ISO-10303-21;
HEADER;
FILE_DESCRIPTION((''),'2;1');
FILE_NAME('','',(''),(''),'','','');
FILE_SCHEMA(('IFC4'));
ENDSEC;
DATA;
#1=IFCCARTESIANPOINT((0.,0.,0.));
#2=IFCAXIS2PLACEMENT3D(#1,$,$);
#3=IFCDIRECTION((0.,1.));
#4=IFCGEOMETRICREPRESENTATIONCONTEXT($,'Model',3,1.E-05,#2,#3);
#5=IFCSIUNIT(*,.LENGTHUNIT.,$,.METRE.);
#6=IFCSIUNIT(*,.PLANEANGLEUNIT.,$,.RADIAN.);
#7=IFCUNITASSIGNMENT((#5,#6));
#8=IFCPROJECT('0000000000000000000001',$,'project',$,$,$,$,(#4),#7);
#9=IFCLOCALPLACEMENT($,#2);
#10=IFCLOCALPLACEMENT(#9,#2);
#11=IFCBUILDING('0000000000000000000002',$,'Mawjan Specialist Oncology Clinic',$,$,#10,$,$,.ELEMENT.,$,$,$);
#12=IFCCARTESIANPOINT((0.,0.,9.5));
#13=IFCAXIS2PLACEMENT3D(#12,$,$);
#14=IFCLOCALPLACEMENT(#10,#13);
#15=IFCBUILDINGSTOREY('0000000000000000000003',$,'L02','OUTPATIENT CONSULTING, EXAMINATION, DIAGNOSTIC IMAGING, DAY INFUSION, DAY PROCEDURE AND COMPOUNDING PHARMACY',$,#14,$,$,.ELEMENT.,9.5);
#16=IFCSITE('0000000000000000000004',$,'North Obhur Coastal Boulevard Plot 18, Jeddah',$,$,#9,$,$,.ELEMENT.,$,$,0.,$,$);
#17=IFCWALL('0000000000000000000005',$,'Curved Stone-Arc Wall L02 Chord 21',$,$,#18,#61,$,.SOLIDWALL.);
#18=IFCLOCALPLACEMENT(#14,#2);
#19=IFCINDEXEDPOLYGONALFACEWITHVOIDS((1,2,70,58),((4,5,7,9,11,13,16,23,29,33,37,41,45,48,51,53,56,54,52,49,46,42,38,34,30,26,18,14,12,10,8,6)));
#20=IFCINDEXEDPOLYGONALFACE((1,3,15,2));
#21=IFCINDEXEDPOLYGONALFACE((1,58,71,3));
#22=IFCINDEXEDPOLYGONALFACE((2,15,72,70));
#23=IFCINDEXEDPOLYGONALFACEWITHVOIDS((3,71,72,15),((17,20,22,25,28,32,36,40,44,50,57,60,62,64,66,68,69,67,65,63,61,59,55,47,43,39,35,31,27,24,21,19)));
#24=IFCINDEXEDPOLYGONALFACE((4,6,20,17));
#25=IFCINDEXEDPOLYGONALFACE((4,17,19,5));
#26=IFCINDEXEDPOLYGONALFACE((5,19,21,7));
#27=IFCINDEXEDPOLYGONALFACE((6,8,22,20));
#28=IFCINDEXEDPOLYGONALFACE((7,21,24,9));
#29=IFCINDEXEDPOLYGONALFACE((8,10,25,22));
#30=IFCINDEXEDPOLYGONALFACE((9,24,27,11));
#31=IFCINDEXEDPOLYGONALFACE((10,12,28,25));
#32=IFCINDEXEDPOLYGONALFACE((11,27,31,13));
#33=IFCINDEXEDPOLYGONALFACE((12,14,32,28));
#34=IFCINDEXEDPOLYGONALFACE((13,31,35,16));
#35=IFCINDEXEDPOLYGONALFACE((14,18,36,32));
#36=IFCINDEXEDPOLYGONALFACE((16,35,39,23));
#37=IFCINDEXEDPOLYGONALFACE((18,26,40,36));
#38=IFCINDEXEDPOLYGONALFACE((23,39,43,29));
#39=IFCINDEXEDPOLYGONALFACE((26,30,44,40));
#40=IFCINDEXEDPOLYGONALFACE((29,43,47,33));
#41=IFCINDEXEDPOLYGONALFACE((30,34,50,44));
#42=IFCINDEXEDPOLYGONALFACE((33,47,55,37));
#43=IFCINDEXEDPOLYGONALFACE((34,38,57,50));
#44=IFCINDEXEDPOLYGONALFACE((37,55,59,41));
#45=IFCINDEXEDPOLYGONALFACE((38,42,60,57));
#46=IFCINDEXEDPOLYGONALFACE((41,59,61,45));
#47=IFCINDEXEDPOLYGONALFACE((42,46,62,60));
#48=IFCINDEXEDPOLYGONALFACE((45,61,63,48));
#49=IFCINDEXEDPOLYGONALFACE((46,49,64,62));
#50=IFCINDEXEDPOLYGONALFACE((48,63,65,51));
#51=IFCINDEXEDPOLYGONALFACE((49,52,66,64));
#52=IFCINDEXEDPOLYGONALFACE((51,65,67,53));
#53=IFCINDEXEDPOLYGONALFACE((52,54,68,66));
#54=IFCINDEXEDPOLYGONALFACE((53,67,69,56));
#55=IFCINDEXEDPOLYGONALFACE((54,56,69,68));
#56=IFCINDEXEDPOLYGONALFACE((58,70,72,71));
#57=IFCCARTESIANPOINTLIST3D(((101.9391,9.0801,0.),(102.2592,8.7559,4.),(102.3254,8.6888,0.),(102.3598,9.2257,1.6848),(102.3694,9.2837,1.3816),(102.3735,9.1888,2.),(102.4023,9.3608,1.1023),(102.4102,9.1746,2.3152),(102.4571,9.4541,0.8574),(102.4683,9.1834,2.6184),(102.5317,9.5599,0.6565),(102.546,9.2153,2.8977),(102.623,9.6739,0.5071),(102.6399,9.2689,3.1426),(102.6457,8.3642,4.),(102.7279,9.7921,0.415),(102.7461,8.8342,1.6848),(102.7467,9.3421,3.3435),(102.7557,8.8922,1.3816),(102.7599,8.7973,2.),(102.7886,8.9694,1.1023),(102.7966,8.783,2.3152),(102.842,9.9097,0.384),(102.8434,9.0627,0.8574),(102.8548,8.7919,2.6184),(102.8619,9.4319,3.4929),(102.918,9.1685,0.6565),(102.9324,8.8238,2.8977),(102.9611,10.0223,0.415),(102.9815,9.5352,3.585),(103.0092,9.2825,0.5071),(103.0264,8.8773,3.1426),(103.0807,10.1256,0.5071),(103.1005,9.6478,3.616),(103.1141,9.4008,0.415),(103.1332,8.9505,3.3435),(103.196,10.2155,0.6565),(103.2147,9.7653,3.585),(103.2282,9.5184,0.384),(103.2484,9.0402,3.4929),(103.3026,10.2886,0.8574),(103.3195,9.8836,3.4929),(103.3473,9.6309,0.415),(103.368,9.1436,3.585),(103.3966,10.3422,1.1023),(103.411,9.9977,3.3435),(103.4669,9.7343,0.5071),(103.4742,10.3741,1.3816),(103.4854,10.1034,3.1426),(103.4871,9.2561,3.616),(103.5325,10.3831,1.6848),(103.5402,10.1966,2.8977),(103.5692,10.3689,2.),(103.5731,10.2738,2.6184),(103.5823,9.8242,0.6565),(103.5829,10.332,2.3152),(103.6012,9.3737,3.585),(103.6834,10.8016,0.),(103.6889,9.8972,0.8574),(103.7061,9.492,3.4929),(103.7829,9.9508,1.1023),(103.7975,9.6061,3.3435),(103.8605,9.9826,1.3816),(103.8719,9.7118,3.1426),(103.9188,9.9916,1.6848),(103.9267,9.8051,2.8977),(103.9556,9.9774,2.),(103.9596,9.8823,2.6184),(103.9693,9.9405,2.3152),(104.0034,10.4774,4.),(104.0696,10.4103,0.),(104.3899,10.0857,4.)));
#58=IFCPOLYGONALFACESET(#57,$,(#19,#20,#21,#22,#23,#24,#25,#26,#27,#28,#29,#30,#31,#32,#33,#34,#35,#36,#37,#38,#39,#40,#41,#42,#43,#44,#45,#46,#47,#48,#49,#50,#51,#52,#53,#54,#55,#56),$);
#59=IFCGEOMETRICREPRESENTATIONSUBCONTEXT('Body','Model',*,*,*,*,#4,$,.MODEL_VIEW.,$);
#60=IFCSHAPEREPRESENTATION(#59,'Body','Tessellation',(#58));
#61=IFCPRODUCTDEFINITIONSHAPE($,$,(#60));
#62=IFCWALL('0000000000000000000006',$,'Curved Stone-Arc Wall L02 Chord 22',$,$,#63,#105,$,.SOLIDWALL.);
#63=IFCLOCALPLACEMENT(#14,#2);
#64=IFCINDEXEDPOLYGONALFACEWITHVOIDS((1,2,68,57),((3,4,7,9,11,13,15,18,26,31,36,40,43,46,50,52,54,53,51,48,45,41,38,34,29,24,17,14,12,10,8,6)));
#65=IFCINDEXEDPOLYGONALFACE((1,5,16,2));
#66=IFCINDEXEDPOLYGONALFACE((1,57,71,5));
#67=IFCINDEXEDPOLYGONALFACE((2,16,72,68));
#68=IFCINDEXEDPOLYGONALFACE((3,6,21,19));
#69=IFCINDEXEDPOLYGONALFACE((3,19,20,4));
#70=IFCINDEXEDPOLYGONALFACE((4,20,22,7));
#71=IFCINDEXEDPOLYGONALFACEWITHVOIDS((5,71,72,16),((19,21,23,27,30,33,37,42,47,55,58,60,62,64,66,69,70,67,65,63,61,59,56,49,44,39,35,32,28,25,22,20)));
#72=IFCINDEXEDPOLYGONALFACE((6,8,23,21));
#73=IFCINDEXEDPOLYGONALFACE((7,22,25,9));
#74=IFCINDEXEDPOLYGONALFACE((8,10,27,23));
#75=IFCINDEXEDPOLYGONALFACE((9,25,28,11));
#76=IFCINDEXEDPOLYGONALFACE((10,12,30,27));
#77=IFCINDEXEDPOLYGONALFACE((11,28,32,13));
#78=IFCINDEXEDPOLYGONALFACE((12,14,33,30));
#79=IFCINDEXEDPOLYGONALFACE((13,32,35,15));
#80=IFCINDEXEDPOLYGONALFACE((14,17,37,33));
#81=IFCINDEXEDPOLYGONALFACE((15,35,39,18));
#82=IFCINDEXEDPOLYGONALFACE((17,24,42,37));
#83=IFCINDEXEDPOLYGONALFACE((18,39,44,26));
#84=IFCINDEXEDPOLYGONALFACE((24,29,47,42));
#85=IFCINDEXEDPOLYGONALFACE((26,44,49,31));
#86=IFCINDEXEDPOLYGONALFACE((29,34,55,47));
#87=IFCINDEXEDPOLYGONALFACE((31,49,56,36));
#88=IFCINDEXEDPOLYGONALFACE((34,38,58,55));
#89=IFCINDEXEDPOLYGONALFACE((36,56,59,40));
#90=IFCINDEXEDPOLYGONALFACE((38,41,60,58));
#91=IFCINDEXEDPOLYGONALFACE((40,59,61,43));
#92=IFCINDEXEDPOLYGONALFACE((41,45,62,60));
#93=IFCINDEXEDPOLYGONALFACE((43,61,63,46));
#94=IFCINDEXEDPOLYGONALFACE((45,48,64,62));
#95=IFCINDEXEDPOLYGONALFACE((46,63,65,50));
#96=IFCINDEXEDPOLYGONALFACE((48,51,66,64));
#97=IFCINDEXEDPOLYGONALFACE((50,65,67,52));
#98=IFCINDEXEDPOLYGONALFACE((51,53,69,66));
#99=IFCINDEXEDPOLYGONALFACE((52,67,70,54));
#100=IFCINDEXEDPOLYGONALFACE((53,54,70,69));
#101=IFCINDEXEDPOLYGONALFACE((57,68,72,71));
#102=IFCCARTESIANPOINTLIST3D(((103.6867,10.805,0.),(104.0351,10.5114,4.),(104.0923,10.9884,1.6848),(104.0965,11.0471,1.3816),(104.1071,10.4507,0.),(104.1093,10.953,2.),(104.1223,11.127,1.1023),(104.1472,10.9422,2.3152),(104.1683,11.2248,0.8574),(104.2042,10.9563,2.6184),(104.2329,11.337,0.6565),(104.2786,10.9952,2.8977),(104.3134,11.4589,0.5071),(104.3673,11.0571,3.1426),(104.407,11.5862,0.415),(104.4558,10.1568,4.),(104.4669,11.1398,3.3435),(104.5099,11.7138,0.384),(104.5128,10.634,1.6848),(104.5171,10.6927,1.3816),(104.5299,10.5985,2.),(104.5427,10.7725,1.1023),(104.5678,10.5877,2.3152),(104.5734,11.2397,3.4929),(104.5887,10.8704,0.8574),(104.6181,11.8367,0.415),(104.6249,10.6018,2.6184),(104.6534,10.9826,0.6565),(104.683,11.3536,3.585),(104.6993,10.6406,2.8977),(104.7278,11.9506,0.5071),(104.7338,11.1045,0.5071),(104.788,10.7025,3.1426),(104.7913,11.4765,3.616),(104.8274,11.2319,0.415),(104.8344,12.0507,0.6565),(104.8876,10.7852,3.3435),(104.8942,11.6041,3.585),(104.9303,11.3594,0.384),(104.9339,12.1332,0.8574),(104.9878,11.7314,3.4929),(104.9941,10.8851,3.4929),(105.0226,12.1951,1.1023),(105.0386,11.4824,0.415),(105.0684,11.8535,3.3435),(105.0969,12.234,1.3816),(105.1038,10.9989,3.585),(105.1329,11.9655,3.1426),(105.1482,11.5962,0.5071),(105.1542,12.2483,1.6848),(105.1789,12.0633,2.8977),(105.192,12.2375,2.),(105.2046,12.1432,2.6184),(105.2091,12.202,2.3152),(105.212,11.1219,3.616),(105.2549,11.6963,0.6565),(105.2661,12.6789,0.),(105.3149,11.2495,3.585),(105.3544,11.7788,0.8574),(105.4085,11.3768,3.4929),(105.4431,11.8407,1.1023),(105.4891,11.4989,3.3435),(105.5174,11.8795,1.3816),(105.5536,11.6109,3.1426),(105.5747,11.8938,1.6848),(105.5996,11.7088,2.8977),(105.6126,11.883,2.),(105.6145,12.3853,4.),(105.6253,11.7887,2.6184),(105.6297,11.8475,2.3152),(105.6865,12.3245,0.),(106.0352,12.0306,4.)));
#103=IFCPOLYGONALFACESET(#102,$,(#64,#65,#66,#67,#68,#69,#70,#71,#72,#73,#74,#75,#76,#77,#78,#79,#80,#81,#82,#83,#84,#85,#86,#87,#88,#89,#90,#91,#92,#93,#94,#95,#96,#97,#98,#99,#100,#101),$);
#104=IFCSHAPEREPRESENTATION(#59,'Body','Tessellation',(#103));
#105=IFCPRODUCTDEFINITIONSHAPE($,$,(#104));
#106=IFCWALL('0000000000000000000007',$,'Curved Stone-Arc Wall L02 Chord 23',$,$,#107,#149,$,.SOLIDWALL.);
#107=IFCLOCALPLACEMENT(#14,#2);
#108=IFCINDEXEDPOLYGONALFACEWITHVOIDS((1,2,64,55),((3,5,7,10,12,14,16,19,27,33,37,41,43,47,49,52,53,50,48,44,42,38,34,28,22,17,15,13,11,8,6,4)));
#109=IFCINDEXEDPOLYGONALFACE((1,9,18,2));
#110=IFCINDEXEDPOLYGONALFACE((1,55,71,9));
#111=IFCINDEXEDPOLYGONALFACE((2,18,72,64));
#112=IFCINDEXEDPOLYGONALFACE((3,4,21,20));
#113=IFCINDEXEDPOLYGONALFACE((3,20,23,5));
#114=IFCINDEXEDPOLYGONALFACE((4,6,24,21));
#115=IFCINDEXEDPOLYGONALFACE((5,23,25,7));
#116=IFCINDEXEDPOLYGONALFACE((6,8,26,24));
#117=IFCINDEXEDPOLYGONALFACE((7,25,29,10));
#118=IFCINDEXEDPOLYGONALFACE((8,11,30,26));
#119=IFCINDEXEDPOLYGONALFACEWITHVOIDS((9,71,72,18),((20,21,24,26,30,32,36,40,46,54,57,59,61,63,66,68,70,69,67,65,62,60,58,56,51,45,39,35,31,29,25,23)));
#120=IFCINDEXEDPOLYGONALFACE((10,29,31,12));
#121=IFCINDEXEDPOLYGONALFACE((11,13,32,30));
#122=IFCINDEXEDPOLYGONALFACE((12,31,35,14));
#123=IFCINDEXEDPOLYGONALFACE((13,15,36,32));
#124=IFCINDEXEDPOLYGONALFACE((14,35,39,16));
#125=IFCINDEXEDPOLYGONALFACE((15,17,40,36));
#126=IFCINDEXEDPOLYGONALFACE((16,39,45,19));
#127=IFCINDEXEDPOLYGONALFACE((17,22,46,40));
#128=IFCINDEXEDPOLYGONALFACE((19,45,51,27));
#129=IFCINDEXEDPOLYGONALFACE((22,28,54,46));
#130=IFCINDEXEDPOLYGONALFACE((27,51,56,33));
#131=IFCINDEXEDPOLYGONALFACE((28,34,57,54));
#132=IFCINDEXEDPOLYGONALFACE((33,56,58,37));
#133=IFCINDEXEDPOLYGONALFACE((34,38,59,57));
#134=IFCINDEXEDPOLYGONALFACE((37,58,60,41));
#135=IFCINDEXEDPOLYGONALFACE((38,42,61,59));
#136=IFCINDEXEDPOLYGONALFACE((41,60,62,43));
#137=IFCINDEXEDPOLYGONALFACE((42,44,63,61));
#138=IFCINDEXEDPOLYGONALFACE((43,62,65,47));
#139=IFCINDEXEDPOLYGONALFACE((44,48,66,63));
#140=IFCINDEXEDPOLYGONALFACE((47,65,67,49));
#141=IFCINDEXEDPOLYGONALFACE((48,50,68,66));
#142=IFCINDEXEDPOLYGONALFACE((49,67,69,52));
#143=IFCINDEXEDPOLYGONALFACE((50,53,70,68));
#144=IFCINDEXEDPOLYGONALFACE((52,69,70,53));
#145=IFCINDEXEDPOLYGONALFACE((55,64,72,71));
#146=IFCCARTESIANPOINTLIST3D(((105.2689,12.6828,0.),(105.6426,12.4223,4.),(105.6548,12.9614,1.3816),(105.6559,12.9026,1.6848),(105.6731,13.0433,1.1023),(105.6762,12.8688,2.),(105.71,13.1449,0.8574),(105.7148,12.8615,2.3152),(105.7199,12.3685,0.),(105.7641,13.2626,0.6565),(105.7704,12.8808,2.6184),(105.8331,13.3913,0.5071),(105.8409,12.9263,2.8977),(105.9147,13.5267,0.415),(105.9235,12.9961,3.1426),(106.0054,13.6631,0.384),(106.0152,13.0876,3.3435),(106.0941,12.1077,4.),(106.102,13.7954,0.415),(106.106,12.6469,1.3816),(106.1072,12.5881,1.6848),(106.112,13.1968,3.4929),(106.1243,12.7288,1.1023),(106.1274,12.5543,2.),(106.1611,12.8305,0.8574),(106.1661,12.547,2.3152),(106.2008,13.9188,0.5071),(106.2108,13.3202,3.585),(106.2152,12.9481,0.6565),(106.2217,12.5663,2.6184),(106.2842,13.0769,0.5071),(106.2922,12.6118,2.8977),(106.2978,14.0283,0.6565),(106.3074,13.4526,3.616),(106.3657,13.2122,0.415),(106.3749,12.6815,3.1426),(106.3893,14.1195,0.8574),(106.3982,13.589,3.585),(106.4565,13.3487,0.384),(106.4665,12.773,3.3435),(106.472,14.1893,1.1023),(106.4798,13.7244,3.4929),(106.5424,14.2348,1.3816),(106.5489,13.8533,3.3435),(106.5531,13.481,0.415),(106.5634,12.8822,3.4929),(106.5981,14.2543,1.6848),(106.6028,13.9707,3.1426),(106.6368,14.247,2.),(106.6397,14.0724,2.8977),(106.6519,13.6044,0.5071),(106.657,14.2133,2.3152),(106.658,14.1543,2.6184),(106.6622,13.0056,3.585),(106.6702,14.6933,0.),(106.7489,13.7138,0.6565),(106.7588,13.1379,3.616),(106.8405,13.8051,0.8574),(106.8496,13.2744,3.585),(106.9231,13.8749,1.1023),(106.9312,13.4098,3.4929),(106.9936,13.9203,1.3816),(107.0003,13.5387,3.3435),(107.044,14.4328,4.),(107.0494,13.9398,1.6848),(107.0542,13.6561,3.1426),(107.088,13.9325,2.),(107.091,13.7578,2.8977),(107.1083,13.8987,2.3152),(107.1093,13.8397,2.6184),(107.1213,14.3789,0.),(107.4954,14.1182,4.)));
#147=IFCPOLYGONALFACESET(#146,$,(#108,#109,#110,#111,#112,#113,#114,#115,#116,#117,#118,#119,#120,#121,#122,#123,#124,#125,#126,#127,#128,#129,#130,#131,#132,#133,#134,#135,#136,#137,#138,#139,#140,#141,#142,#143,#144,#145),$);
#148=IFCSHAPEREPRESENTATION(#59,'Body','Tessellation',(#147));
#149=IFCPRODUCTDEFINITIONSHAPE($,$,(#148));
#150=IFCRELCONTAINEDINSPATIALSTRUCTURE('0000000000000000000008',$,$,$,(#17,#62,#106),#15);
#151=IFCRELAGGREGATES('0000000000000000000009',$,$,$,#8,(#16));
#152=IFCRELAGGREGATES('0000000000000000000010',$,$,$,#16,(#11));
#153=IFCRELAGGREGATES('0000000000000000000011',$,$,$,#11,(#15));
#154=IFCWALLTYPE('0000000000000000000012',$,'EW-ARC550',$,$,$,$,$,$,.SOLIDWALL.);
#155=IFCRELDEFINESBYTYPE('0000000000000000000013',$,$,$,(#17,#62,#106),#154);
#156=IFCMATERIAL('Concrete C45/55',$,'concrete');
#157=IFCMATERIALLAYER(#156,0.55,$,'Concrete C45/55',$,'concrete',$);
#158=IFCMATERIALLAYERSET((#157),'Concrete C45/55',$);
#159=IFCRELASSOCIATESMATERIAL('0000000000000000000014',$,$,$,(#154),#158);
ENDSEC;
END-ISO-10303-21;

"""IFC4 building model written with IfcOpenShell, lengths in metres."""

from ifc_helpers import new_model, si_unit, direction, frame, origin, place, context, subcontext, project, spatial, polyline, outline, extrude, material, layer, layer_set, type_object, element, save


model = new_model("IFC4")

# Units and contexts
model_context = context("Model", 3, precision=1e-05, world=origin(), true_north=direction((0.0, 1.0)))
body_context = subcontext(model_context, "Body", "Model", "MODEL_VIEW")
ifc_project = project(units=[si_unit("LENGTHUNIT", "METRE"), si_unit("PLANEANGLEUNIT", "RADIAN")], contexts=[model_context])

# Site, building, storey
site_placement = place(None, origin())
site = spatial("IfcSite", under=ifc_project, at=site_placement, Name="North Obhur Coastal Boulevard Plot 18, Jeddah", CompositionType="ELEMENT", RefElevation=0.0)
building_placement = place(site_placement, origin())
building = spatial("IfcBuilding", under=site, at=building_placement, Name="Mawjan Specialist Oncology Clinic", CompositionType="ELEMENT")
storey_placement = place(building_placement, frame((0.0, 0.0, 9.5)))
storey = spatial("IfcBuildingStorey", under=building, at=storey_placement, Name="L02", Description="OUTPATIENT CONSULTING, EXAMINATION, DIAGNOSTIC IMAGING, DAY INFUSION, DAY PROCEDURE AND COMPOUNDING PHARMACY", CompositionType="ELEMENT", Elevation=9.5)

# Walls, openings
ifc_material_1 = material(Name="Concrete C45/55", Category="concrete")
ifc_layer_1 = layer(ifc_material_1, 0.55, Name="Concrete C45/55", Category="concrete")
ifc_layer_set_1 = layer_set([ifc_layer_1], Name="Concrete C45/55")
wall_type_1 = type_object("IfcWallType", Name="EW-ARC550", PredefinedType="SOLIDWALL", material=ifc_layer_set_1)
wall_1_placement = place(storey_placement, frame((103.8765, 10.606, 0.0), z_axis=(0.0, 0.0, 1.0), x_axis=(-0.711724, -0.702459, 0.0)))
wall_1 = element("IfcWall", 1, at=wall_1_placement, inside=storey, type_object=wall_type_1, Name="Curved Stone-Arc Wall L02 Chord 21", PredefinedType="SOLIDWALL", context=body_context, shape_type="SweptSolid", body=[
    extrude(outline(polyline([(-0.2749, 0.0), (0.2749, 0.0), (0.731, 4.0), (0.1807, 4.0), (-0.2749, 0.0)])), frame((0.0, 0.0, 0.0), z_axis=(1.0, 0.0, 0.0), x_axis=(0.0, 1.0, 0.0)), (0.0, 0.0, 1.0), 2.4507),
])
opening_1_placement = place(wall_1_placement, origin())
element("IfcOpeningElement", 2, at=opening_1_placement, cuts=wall_1, PredefinedType="OPENING", context=body_context, shape_type="SweptSolid", body=[
    extrude(outline(polyline([(2.0652, 2.0), (2.0491, 2.3152), (2.0015, 2.6184), (1.9238, 2.8977), (1.8193, 3.1426), (1.6919, 3.3435), (1.5469, 3.4929), (1.3892, 3.585), (1.2253, 3.616), (1.0615, 3.585), (0.9038, 3.4929), (0.7585, 3.3435), (0.6313, 3.1426), (0.5269, 2.8977), (0.4492, 2.6184), (0.4014, 2.3152), (0.3853, 2.0), (0.4014, 1.6848), (0.4492, 1.3816), (0.5269, 1.1023), (0.6313, 0.8574), (0.7585, 0.6565), (0.9038, 0.5071), (1.0615, 0.415), (1.2253, 0.384), (1.3892, 0.415), (1.5469, 0.5071), (1.6919, 0.6565), (1.8193, 0.8574), (1.9238, 1.1023), (2.0015, 1.3816), (2.0491, 1.6848), (2.0652, 2.0)])), frame((0.0, 0.7507, 0.0), z_axis=(0.0, -1.0, 0.0), x_axis=(1.0, 0.0, 0.0)), (0.0, 0.0, 1.0), 1.0459),
])
wall_2_placement = place(storey_placement, frame((105.4763, 12.5017, 0.0), z_axis=(0.0, 0.0, 1.0), x_axis=(-0.644476, -0.764624, 0.0)))
wall_2 = element("IfcWall", 3, at=wall_2_placement, inside=storey, type_object=wall_type_1, Name="Curved Stone-Arc Wall L02 Chord 22", PredefinedType="SOLIDWALL", context=body_context, shape_type="SweptSolid", body=[
    extrude(outline(polyline([(-0.2749, 0.0), (0.2749, 0.0), (0.731, 4.0), (0.1807, 4.0), (-0.2749, 0.0)])), frame((0.0, 0.0, 0.0), z_axis=(1.0, 0.0, 0.0), x_axis=(0.0, 1.0, 0.0)), (0.0, 0.0, 1.0), 2.4507),
])
opening_2_placement = place(wall_2_placement, origin())
element("IfcOpeningElement", 4, at=opening_2_placement, cuts=wall_2, PredefinedType="OPENING", context=body_context, shape_type="SweptSolid", body=[
    extrude(outline(polyline([(2.0652, 2.0), (2.0491, 2.3152), (2.0015, 2.6184), (1.9238, 2.8977), (1.8193, 3.1426), (1.6919, 3.3435), (1.5469, 3.4929), (1.3892, 3.585), (1.2253, 3.616), (1.0615, 3.585), (0.9038, 3.4929), (0.7585, 3.3435), (0.6313, 3.1426), (0.5269, 2.8977), (0.4492, 2.6184), (0.4014, 2.3152), (0.3853, 2.0), (0.4014, 1.6848), (0.4492, 1.3816), (0.5269, 1.1023), (0.6313, 0.8574), (0.7585, 0.6565), (0.9038, 0.5071), (1.0615, 0.415), (1.2253, 0.384), (1.3892, 0.415), (1.5469, 0.5071), (1.6919, 0.6565), (1.8193, 0.8574), (1.9238, 1.1023), (2.0015, 1.3816), (2.0491, 1.6848), (2.0652, 2.0)])), frame((0.0, 0.7507, 0.0), z_axis=(0.0, -1.0, 0.0), x_axis=(1.0, 0.0, 0.0)), (0.0, 0.0, 1.0), 1.0459),
])
wall_3_placement = place(storey_placement, frame((106.8958, 14.5361, 0.0), z_axis=(0.0, 0.0, 1.0), x_axis=(-0.571823, -0.820377, 0.0)))
wall_3 = element("IfcWall", 5, at=wall_3_placement, inside=storey, type_object=wall_type_1, Name="Curved Stone-Arc Wall L02 Chord 23", PredefinedType="SOLIDWALL", context=body_context, shape_type="SweptSolid", body=[
    extrude(outline(polyline([(-0.2749, 0.0), (0.2749, 0.0), (0.731, 4.0), (0.1807, 4.0), (-0.2749, 0.0)])), frame((0.0, 0.0, 0.0), z_axis=(1.0, 0.0, 0.0), x_axis=(0.0, 1.0, 0.0)), (0.0, 0.0, 1.0), 2.4507),
])
opening_3_placement = place(wall_3_placement, origin())
element("IfcOpeningElement", 6, at=opening_3_placement, cuts=wall_3, PredefinedType="OPENING", context=body_context, shape_type="SweptSolid", body=[
    extrude(outline(polyline([(2.0652, 2.0), (2.0491, 2.3152), (2.0015, 2.6184), (1.9238, 2.8977), (1.8193, 3.1426), (1.6919, 3.3435), (1.5469, 3.4929), (1.3892, 3.585), (1.2253, 3.616), (1.0615, 3.585), (0.9038, 3.4929), (0.7585, 3.3435), (0.6313, 3.1426), (0.5269, 2.8977), (0.4492, 2.6184), (0.4014, 2.3152), (0.3853, 2.0), (0.4014, 1.6848), (0.4492, 1.3816), (0.5269, 1.1023), (0.6313, 0.8574), (0.7585, 0.6565), (0.9038, 0.5071), (1.0615, 0.415), (1.2253, 0.384), (1.3892, 0.415), (1.5469, 0.5071), (1.6919, 0.6565), (1.8193, 0.8574), (1.9238, 1.1023), (2.0015, 1.3816), (2.0491, 1.6848), (2.0652, 2.0)])), frame((0.0, 0.7507, 0.0), z_axis=(0.0, -1.0, 0.0), x_axis=(1.0, 0.0, 0.0)), (0.0, 0.0, 1.0), 1.0459),
])

save(model, "model.ifc")
